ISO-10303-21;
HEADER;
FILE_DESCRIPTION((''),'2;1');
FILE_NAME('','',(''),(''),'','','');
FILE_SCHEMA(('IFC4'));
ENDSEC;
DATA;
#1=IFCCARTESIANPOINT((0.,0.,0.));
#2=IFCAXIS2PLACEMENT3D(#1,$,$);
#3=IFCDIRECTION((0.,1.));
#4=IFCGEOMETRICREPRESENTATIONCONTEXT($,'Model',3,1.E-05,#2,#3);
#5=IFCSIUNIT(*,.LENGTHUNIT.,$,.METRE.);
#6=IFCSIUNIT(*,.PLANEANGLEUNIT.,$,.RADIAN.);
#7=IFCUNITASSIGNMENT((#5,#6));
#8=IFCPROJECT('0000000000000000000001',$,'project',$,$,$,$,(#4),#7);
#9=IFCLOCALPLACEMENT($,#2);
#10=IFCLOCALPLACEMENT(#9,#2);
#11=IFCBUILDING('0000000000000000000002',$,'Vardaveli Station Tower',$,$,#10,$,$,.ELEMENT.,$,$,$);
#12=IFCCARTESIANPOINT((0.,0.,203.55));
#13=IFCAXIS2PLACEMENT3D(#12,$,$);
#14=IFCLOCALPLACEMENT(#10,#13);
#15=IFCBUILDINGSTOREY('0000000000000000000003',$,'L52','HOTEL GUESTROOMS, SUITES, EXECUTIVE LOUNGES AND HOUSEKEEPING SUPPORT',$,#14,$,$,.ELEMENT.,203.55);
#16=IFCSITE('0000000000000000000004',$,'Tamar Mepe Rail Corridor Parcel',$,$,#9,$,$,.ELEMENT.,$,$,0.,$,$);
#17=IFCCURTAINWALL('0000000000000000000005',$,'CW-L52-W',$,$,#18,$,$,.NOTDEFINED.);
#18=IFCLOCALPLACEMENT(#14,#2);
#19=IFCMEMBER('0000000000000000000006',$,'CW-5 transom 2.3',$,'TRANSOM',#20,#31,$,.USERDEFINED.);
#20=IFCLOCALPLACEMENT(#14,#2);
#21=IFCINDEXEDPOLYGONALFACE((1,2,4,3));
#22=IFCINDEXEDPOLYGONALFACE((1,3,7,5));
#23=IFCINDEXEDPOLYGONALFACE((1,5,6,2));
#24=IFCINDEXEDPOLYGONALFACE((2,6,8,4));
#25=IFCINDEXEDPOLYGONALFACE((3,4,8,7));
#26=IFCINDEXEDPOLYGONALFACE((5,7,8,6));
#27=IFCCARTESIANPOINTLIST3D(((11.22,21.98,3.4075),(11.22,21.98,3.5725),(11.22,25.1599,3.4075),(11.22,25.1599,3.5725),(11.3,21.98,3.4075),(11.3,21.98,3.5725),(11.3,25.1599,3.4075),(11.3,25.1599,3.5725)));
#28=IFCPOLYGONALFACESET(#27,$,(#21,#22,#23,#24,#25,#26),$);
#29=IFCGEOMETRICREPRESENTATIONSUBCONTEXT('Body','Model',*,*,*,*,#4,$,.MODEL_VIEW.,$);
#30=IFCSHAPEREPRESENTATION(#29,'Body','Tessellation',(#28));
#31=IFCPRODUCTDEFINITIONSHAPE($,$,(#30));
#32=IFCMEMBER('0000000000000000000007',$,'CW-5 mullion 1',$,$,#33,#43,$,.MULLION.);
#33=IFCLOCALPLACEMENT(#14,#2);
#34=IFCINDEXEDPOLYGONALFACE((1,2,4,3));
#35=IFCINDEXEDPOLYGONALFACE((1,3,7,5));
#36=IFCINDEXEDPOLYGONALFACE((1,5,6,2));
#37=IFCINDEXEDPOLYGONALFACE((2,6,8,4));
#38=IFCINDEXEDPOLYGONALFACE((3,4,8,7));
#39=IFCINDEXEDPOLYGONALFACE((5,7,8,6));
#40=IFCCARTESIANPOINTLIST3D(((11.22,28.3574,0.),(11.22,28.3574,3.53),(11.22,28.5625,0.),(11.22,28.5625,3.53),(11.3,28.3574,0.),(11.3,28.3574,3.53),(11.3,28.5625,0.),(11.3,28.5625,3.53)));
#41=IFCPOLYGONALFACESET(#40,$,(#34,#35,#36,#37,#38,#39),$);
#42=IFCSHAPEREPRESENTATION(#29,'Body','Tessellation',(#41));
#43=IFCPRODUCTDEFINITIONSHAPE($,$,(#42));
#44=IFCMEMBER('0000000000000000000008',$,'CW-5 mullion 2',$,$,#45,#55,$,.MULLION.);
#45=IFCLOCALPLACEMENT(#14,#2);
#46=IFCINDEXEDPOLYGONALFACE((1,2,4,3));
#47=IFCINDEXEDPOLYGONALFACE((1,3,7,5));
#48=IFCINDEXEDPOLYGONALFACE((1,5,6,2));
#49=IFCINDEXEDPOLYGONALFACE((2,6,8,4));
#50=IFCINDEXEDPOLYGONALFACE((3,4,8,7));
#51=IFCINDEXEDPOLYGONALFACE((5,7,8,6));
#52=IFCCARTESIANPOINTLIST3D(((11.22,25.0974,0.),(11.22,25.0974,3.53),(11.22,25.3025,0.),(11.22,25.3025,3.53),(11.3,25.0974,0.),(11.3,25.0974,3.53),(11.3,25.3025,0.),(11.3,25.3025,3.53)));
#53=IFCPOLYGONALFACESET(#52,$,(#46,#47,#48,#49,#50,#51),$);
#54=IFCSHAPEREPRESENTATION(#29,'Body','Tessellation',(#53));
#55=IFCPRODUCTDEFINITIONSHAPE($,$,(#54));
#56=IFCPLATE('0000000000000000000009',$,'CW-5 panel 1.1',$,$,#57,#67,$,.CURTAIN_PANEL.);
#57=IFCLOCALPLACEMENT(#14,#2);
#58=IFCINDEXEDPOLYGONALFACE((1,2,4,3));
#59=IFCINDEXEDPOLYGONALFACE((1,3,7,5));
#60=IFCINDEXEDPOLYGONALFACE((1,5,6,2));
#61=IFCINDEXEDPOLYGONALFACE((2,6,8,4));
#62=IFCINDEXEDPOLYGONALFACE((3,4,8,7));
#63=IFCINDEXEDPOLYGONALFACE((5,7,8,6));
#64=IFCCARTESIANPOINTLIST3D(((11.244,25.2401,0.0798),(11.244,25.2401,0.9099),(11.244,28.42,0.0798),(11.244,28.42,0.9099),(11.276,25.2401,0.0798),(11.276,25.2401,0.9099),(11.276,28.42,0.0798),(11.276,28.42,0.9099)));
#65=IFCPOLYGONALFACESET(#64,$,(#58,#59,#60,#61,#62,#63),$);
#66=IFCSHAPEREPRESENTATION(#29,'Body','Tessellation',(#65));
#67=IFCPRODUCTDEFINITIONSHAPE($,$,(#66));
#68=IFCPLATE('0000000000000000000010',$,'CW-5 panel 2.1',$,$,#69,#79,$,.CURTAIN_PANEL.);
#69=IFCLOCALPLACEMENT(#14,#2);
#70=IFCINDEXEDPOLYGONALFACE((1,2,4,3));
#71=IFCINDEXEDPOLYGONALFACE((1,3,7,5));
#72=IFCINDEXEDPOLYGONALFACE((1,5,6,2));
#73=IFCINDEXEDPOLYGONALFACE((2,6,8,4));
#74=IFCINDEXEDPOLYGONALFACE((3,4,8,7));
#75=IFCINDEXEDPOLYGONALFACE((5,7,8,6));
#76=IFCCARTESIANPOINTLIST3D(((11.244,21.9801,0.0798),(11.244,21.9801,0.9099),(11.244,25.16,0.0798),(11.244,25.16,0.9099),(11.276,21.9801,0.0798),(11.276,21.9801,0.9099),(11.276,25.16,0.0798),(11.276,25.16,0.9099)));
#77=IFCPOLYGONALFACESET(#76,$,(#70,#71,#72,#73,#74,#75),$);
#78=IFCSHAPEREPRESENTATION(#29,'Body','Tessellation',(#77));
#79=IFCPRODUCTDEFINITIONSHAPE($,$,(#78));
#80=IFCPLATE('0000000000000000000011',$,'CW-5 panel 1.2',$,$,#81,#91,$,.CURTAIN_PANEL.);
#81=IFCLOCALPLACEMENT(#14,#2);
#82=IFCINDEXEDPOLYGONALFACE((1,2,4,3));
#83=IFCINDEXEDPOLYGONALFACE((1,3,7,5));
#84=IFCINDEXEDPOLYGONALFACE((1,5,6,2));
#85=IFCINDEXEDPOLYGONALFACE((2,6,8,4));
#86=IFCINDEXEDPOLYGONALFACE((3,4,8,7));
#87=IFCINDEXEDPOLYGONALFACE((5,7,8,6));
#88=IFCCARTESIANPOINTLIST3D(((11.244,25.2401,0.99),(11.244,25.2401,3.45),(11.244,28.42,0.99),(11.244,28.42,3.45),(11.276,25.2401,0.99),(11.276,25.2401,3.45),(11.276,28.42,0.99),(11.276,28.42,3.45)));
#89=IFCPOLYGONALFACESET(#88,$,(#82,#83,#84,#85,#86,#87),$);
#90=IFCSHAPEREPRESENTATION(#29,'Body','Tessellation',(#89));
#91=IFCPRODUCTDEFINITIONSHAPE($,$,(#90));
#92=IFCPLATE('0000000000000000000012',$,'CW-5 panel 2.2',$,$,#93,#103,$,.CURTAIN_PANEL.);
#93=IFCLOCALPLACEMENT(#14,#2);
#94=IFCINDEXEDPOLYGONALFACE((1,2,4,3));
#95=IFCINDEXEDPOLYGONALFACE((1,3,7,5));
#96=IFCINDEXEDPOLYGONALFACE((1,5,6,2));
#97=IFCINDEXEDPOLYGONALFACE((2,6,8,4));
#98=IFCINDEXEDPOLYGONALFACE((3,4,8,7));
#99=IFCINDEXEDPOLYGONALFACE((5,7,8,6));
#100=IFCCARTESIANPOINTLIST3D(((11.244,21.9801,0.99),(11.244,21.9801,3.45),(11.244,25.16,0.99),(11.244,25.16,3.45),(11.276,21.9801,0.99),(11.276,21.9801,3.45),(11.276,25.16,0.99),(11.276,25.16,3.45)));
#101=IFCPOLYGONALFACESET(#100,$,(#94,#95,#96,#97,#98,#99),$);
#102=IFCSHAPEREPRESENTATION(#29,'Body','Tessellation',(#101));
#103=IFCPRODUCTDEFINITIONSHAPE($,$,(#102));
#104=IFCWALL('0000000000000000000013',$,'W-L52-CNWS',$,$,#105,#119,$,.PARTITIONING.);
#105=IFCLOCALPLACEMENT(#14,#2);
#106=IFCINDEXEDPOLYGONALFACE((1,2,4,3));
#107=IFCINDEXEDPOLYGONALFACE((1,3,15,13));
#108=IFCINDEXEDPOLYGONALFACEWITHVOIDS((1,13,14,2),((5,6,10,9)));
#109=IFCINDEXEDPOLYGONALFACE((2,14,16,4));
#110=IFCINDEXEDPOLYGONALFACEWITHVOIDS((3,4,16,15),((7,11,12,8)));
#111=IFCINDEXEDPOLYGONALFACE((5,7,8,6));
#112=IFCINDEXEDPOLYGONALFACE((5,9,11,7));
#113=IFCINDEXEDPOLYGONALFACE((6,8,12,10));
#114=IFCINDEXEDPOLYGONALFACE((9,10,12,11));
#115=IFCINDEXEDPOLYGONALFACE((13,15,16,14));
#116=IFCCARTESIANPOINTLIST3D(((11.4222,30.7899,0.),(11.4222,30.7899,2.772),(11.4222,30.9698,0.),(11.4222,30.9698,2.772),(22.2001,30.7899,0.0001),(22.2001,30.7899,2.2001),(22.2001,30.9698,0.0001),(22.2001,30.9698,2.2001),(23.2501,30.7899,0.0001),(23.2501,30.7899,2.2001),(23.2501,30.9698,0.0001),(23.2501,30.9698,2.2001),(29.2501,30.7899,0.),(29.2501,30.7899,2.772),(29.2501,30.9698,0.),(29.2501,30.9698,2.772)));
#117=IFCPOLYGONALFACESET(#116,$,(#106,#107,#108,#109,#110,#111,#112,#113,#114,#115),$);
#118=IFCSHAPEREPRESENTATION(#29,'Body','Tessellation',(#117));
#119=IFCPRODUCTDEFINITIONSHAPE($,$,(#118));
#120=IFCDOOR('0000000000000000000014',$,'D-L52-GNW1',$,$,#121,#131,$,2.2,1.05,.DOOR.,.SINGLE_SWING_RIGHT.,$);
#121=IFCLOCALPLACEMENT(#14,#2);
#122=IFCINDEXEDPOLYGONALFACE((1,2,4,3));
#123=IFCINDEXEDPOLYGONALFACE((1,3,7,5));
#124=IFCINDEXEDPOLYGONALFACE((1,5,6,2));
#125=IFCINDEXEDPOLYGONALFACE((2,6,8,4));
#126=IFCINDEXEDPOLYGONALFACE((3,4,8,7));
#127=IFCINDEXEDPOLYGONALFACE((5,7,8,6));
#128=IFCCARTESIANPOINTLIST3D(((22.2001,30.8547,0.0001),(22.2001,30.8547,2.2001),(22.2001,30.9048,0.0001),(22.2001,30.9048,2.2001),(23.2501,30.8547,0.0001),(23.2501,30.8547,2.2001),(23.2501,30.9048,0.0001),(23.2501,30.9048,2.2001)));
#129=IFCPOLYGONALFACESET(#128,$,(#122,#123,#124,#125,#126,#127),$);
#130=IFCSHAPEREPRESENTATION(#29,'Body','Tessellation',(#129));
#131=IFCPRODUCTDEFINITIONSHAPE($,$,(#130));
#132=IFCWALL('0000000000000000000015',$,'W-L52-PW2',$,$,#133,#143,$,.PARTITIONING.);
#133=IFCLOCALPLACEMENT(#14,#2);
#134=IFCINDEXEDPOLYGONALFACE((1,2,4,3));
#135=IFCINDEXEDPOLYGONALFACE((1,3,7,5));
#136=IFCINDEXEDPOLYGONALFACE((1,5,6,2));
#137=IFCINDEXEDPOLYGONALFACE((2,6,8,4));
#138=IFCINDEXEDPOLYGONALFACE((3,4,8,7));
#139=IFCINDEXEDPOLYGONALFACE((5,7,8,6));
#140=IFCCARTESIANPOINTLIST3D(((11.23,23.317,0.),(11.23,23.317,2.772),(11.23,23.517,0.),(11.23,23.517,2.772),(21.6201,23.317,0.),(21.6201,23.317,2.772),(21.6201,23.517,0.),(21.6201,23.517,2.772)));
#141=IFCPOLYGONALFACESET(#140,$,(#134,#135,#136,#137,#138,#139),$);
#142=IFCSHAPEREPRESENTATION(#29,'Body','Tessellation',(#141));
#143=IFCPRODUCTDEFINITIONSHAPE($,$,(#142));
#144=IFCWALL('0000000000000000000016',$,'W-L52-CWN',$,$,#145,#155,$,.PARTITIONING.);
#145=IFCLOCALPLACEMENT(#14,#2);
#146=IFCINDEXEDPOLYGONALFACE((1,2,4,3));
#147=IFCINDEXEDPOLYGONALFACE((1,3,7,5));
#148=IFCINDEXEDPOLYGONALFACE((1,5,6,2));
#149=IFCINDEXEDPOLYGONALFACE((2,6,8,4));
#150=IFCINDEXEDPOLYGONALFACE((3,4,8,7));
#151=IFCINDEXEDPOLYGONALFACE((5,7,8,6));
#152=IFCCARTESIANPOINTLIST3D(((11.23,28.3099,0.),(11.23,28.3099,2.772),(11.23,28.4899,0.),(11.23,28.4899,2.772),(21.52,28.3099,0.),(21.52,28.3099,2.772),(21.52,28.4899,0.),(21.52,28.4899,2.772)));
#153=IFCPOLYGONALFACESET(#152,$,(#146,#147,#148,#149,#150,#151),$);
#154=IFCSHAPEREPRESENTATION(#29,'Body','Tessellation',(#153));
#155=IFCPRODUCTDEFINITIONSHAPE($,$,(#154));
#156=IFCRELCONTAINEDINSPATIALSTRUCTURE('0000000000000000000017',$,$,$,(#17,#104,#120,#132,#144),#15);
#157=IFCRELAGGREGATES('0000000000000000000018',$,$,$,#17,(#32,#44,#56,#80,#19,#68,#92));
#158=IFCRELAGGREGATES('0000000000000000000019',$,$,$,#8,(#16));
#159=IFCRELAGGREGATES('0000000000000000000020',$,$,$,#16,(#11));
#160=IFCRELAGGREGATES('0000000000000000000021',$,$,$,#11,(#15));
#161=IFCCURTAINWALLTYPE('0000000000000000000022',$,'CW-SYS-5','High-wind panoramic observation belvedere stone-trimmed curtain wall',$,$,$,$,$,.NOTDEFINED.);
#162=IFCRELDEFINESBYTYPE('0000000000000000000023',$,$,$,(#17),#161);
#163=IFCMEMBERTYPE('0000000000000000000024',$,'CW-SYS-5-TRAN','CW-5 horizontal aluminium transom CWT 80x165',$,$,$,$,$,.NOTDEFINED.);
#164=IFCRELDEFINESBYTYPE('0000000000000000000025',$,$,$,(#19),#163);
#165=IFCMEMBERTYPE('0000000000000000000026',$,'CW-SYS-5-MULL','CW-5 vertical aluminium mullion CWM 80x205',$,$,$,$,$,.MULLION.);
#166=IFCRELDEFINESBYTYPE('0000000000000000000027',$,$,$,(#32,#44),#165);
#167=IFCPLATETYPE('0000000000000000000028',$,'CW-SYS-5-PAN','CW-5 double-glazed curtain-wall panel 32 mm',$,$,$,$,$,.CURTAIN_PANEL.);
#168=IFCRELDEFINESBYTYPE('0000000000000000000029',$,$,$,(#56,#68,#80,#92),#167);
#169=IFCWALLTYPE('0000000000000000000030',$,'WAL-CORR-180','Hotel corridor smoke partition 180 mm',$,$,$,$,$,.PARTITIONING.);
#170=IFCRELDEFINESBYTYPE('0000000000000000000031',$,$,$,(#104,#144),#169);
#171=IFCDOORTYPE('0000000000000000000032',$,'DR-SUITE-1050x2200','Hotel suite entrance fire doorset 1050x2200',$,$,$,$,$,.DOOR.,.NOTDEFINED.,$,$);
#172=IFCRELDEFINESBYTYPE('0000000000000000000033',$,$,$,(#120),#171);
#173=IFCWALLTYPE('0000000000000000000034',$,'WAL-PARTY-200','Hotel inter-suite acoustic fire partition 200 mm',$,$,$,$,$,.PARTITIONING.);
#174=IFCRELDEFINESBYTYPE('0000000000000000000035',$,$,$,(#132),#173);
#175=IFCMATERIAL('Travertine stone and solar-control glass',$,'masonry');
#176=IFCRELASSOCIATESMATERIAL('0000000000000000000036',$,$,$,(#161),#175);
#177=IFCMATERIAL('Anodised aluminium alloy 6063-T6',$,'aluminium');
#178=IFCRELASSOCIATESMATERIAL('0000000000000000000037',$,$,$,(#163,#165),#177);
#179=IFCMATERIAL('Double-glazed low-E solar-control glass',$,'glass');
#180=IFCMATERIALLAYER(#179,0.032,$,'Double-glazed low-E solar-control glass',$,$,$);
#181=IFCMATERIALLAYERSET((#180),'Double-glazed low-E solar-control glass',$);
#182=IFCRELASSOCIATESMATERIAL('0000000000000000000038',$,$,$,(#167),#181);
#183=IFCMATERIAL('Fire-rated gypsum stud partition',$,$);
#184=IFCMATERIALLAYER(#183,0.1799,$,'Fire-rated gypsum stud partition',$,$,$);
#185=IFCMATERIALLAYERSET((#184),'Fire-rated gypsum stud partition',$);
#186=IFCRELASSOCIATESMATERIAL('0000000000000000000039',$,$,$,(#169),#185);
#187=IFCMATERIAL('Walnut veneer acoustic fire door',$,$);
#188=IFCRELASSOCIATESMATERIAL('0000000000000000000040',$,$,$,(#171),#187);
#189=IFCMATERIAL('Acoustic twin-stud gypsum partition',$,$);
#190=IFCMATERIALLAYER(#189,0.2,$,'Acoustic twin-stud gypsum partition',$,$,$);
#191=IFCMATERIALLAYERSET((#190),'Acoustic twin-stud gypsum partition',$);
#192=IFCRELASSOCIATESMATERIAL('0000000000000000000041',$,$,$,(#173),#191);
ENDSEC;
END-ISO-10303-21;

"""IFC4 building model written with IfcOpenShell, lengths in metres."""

from ifc_helpers import new_model, si_unit, direction, frame, frame_2d, origin, origin_2d, place, context, subcontext, project, spatial, rectangle, extrude, source, transform, mapped, material, layer, layer_set, material_profile, profile_set, type_object, element, fill, aggregate, save


model = new_model("IFC4")

# Units and contexts
model_context = context("Model", 3, precision=1e-05, world=origin(), true_north=direction((0.0, 1.0)))
body_context = subcontext(model_context, "Body", "Model", "MODEL_VIEW")
ifc_project = project(units=[si_unit("LENGTHUNIT", "METRE"), si_unit("PLANEANGLEUNIT", "RADIAN")], contexts=[model_context])

# Site, building, storey
site_placement = place(None, origin())
site = spatial("IfcSite", under=ifc_project, at=site_placement, Name="Tamar Mepe Rail Corridor Parcel", CompositionType="ELEMENT", RefElevation=0.0)
building_placement = place(site_placement, origin())
building = spatial("IfcBuilding", under=site, at=building_placement, Name="Vardaveli Station Tower", CompositionType="ELEMENT")
storey_placement = place(building_placement, frame((0.0, 0.0, 203.55)))
storey = spatial("IfcBuildingStorey", under=building, at=storey_placement, Name="L52", Description="HOTEL GUESTROOMS, SUITES, EXECUTIVE LOUNGES AND HOUSEKEEPING SUPPORT", CompositionType="ELEMENT", Elevation=203.55)

# Curtain wall, members, plates
ifc_material_1 = material(Name="Travertine stone and solar-control glass", Category="masonry")
curtain_wall_type = type_object("IfcCurtainWallType", Name="CW-SYS-5", Description="High-wind panoramic observation belvedere stone-trimmed curtain wall", PredefinedType="NOTDEFINED", material=ifc_material_1)
curtain_wall_placement = place(storey_placement, origin())
curtain_wall = element("IfcCurtainWall", 1, at=curtain_wall_placement, inside=storey, type_object=curtain_wall_type, Name="CW-L52-W", PredefinedType="NOTDEFINED")
ifc_material_2 = material(Name="Anodised aluminium alloy 6063-T6", Category="aluminium")
ifc_material_profile_1 = material_profile(ifc_material_2, rectangle(XDim=0.0801, YDim=0.165, at=origin_2d()), Name="CWT 80x165")
ifc_profile_set_1 = profile_set([ifc_material_profile_1], Name="Anodised aluminium alloy 6063-T6")
member_type_1 = type_object("IfcMemberType", Name="CW-SYS-5-TRAN", Description="CW-5 horizontal aluminium transom CWT 80x165", PredefinedType="NOTDEFINED", material=ifc_profile_set_1)
shared_shape_1 = source(origin(), body_context, "Body", "SweptSolid", [
    extrude(rectangle(XDim=0.0801, YDim=0.165, at=origin_2d()), origin(), (0.0, 0.0, 1.0), 3.1799),
])
member_1_placement = place(storey_placement, frame((11.26, 25.1599, 3.49), z_axis=(0.0, -1.0, 0.0), x_axis=(1.0, 0.0, 0.0)))
member_1 = element("IfcMember", 2, at=member_1_placement, type_object=member_type_1, Name="CW-5 transom 2.3", ObjectType="TRANSOM", PredefinedType="USERDEFINED", context=body_context, shape_type="MappedRepresentation", body=[
    mapped(shared_shape_1, transform((0.0, 0.0, 0.0), scale=1.0)),
])
ifc_material_profile_2 = material_profile(ifc_material_2, rectangle(XDim=0.0801, YDim=0.2051, at=origin_2d()), Name="CWM 80x205")
ifc_profile_set_2 = profile_set([ifc_material_profile_2], Name="Anodised aluminium alloy 6063-T6")
member_type_2 = type_object("IfcMemberType", Name="CW-SYS-5-MULL", Description="CW-5 vertical aluminium mullion CWM 80x205", PredefinedType="MULLION", material=ifc_profile_set_2)
shared_shape_2 = source(origin(), body_context, "Body", "SweptSolid", [
    extrude(rectangle(XDim=0.0801, YDim=0.2051, at=origin_2d()), origin(), (0.0, 0.0, 1.0), 3.53),
])
member_2_placement = place(storey_placement, frame((11.26, 28.46, 0.0), z_axis=(0.0, 0.0, 1.0), x_axis=(1.0, 0.0, 0.0)))
member_2 = element("IfcMember", 3, at=member_2_placement, type_object=member_type_2, Name="CW-5 mullion 1", PredefinedType="MULLION", context=body_context, shape_type="MappedRepresentation", body=[
    mapped(shared_shape_2, transform((0.0, 0.0, 0.0), scale=1.0)),
])
member_3_placement = place(storey_placement, frame((11.26, 25.2, 0.0), z_axis=(0.0, 0.0, 1.0), x_axis=(1.0, 0.0, 0.0)))
member_3 = element("IfcMember", 4, at=member_3_placement, type_object=member_type_2, Name="CW-5 mullion 2", PredefinedType="MULLION", context=body_context, shape_type="MappedRepresentation", body=[
    mapped(shared_shape_2, transform((0.0, 0.0, 0.0), scale=1.0)),
])
ifc_material_3 = material(Name="Double-glazed low-E solar-control glass", Category="glass")
ifc_layer_1 = layer(ifc_material_3, 0.032, Name="Double-glazed low-E solar-control glass")
ifc_layer_set_1 = layer_set([ifc_layer_1], Name="Double-glazed low-E solar-control glass")
plate_type = type_object("IfcPlateType", Name="CW-SYS-5-PAN", Description="CW-5 double-glazed curtain-wall panel 32 mm", PredefinedType="CURTAIN_PANEL", material=ifc_layer_set_1)
shared_shape_3 = source(origin(), body_context, "Body", "SweptSolid", [
    extrude(rectangle(XDim=3.1799, YDim=0.032, at=origin_2d()), origin(), (0.0, 0.0, 1.0), 0.8301),
])
plate_1_placement = place(storey_placement, frame((11.26, 26.8301, 0.0798), z_axis=(0.0, 0.0, 1.0), x_axis=(0.0, -1.0, 0.0)))
plate_1 = element("IfcPlate", 5, at=plate_1_placement, type_object=plate_type, Name="CW-5 panel 1.1", PredefinedType="CURTAIN_PANEL", context=body_context, shape_type="MappedRepresentation", body=[
    mapped(shared_shape_3, transform((0.0, 0.0, 0.0), scale=1.0)),
])
plate_2_placement = place(storey_placement, frame((11.26, 23.5701, 0.0798), z_axis=(0.0, 0.0, 1.0), x_axis=(0.0, -1.0, 0.0)))
plate_2 = element("IfcPlate", 6, at=plate_2_placement, type_object=plate_type, Name="CW-5 panel 2.1", PredefinedType="CURTAIN_PANEL", context=body_context, shape_type="MappedRepresentation", body=[
    mapped(shared_shape_3, transform((0.0, 0.0, 0.0), scale=1.0)),
])
shared_shape_4 = source(origin(), body_context, "Body", "SweptSolid", [
    extrude(rectangle(XDim=3.1799, YDim=0.032, at=origin_2d()), origin(), (0.0, 0.0, 1.0), 2.46),
])
plate_3_placement = place(storey_placement, frame((11.26, 26.8301, 0.99), z_axis=(0.0, 0.0, 1.0), x_axis=(0.0, -1.0, 0.0)))
plate_3 = element("IfcPlate", 7, at=plate_3_placement, type_object=plate_type, Name="CW-5 panel 1.2", PredefinedType="CURTAIN_PANEL", context=body_context, shape_type="MappedRepresentation", body=[
    mapped(shared_shape_4, transform((0.0, 0.0, 0.0), scale=1.0)),
])
plate_4_placement = place(storey_placement, frame((11.26, 23.5701, 0.99), z_axis=(0.0, 0.0, 1.0), x_axis=(0.0, -1.0, 0.0)))
plate_4 = element("IfcPlate", 8, at=plate_4_placement, type_object=plate_type, Name="CW-5 panel 2.2", PredefinedType="CURTAIN_PANEL", context=body_context, shape_type="MappedRepresentation", body=[
    mapped(shared_shape_4, transform((0.0, 0.0, 0.0), scale=1.0)),
])
aggregate(curtain_wall, [member_2, member_3, plate_1, plate_3, member_1, plate_2, plate_4])

# Wall, opening, door
ifc_material_4 = material(Name="Fire-rated gypsum stud partition")
ifc_layer_2 = layer(ifc_material_4, 0.1799, Name="Fire-rated gypsum stud partition")
ifc_layer_set_2 = layer_set([ifc_layer_2], Name="Fire-rated gypsum stud partition")
wall_type_1 = type_object("IfcWallType", Name="WAL-CORR-180", Description="Hotel corridor smoke partition 180 mm", PredefinedType="PARTITIONING", material=ifc_layer_set_2)
shared_shape_5 = source(origin(), body_context, "Body", "SweptSolid", [
    extrude(rectangle(XDim=17.8279, YDim=0.1799, at=frame_2d((8.9141, 0.0))), origin(), (0.0, 0.0, 1.0), 2.772),
])
wall_1_placement = place(storey_placement, frame((11.4221, 30.8799, 0.0), z_axis=(0.0, 0.0, 1.0), x_axis=(1.0, 0.0, 0.0)))
wall_1 = element("IfcWall", 9, at=wall_1_placement, inside=storey, type_object=wall_type_1, Name="W-L52-CNWS", PredefinedType="PARTITIONING", context=body_context, shape_type="MappedRepresentation", body=[
    mapped(shared_shape_5, transform((0.0, 0.0, 0.0), scale=1.0)),
])
shared_shape_6 = source(origin(), body_context, "Body", "SweptSolid", [
    extrude(rectangle(XDim=1.05, YDim=2.2, at=frame_2d((0.5249, 1.1001))), frame((0.0, 0.1001, 0.0), z_axis=(0.0, -1.0, 0.0), x_axis=(1.0, 0.0, 0.0)), (0.0, 0.0, 1.0), 0.2),
])
opening_placement = place(wall_1_placement, frame((10.7781, 0.0, 0.0)))
opening = element("IfcOpeningElement", 10, at=opening_placement, cuts=wall_1, PredefinedType="OPENING", context=body_context, shape_type="MappedRepresentation", body=[
    mapped(shared_shape_6, transform((0.0, 0.0, 0.0), scale=1.0)),
])
ifc_material_5 = material(Name="Walnut veneer acoustic fire door")
door_type = type_object("IfcDoorType", Name="DR-SUITE-1050x2200", Description="Hotel suite entrance fire doorset 1050x2200", OperationType="NOTDEFINED", PredefinedType="DOOR", material=ifc_material_5)
shared_shape_7 = source(origin(), body_context, "Body", "SweptSolid", [
    extrude(rectangle(XDim=1.05, YDim=2.2, at=frame_2d((0.5249, 1.1001))), frame((0.0, 0.0249, 0.0), z_axis=(0.0, -1.0, 0.0), x_axis=(1.0, 0.0, 0.0)), (0.0, 0.0, 1.0), 0.05),
])
door_placement = place(opening_placement, origin())
door = element("IfcDoor", 11, at=door_placement, inside=storey, type_object=door_type, Name="D-L52-GNW1", OperationType="SINGLE_SWING_RIGHT", OverallHeight=2.2, OverallWidth=1.05, PredefinedType="DOOR", context=body_context, shape_type="MappedRepresentation", body=[
    mapped(shared_shape_7, transform((0.0, 0.0, 0.0), scale=1.0)),
])
fill(opening, door)

# Walls
ifc_material_6 = material(Name="Acoustic twin-stud gypsum partition")
ifc_layer_3 = layer(ifc_material_6, 0.2, Name="Acoustic twin-stud gypsum partition")
ifc_layer_set_3 = layer_set([ifc_layer_3], Name="Acoustic twin-stud gypsum partition")
wall_type_2 = type_object("IfcWallType", Name="WAL-PARTY-200", Description="Hotel inter-suite acoustic fire partition 200 mm", PredefinedType="PARTITIONING", material=ifc_layer_set_3)
shared_shape_8 = source(origin(), body_context, "Body", "SweptSolid", [
    extrude(rectangle(XDim=10.3901, YDim=0.2, at=frame_2d((5.1951, 0.0))), origin(), (0.0, 0.0, 1.0), 2.772),
])
wall_2_placement = place(storey_placement, frame((11.23, 23.417, 0.0), z_axis=(0.0, 0.0, 1.0), x_axis=(1.0, 0.0, 0.0)))
element("IfcWall", 12, at=wall_2_placement, inside=storey, type_object=wall_type_2, Name="W-L52-PW2", PredefinedType="PARTITIONING", context=body_context, shape_type="MappedRepresentation", body=[
    mapped(shared_shape_8, transform((0.0, 0.0, 0.0), scale=1.0)),
])
shared_shape_9 = source(origin(), body_context, "Body", "SweptSolid", [
    extrude(rectangle(XDim=10.29, YDim=0.1799, at=frame_2d((5.145, 0.0))), origin(), (0.0, 0.0, 1.0), 2.772),
])
wall_3_placement = place(storey_placement, frame((11.23, 28.3999, 0.0), z_axis=(0.0, 0.0, 1.0), x_axis=(1.0, 0.0, 0.0)))
element("IfcWall", 13, at=wall_3_placement, inside=storey, type_object=wall_type_1, Name="W-L52-CWN", PredefinedType="PARTITIONING", context=body_context, shape_type="MappedRepresentation", body=[
    mapped(shared_shape_9, transform((0.0, 0.0, 0.0), scale=1.0)),
])

save(model, "model.ifc")
